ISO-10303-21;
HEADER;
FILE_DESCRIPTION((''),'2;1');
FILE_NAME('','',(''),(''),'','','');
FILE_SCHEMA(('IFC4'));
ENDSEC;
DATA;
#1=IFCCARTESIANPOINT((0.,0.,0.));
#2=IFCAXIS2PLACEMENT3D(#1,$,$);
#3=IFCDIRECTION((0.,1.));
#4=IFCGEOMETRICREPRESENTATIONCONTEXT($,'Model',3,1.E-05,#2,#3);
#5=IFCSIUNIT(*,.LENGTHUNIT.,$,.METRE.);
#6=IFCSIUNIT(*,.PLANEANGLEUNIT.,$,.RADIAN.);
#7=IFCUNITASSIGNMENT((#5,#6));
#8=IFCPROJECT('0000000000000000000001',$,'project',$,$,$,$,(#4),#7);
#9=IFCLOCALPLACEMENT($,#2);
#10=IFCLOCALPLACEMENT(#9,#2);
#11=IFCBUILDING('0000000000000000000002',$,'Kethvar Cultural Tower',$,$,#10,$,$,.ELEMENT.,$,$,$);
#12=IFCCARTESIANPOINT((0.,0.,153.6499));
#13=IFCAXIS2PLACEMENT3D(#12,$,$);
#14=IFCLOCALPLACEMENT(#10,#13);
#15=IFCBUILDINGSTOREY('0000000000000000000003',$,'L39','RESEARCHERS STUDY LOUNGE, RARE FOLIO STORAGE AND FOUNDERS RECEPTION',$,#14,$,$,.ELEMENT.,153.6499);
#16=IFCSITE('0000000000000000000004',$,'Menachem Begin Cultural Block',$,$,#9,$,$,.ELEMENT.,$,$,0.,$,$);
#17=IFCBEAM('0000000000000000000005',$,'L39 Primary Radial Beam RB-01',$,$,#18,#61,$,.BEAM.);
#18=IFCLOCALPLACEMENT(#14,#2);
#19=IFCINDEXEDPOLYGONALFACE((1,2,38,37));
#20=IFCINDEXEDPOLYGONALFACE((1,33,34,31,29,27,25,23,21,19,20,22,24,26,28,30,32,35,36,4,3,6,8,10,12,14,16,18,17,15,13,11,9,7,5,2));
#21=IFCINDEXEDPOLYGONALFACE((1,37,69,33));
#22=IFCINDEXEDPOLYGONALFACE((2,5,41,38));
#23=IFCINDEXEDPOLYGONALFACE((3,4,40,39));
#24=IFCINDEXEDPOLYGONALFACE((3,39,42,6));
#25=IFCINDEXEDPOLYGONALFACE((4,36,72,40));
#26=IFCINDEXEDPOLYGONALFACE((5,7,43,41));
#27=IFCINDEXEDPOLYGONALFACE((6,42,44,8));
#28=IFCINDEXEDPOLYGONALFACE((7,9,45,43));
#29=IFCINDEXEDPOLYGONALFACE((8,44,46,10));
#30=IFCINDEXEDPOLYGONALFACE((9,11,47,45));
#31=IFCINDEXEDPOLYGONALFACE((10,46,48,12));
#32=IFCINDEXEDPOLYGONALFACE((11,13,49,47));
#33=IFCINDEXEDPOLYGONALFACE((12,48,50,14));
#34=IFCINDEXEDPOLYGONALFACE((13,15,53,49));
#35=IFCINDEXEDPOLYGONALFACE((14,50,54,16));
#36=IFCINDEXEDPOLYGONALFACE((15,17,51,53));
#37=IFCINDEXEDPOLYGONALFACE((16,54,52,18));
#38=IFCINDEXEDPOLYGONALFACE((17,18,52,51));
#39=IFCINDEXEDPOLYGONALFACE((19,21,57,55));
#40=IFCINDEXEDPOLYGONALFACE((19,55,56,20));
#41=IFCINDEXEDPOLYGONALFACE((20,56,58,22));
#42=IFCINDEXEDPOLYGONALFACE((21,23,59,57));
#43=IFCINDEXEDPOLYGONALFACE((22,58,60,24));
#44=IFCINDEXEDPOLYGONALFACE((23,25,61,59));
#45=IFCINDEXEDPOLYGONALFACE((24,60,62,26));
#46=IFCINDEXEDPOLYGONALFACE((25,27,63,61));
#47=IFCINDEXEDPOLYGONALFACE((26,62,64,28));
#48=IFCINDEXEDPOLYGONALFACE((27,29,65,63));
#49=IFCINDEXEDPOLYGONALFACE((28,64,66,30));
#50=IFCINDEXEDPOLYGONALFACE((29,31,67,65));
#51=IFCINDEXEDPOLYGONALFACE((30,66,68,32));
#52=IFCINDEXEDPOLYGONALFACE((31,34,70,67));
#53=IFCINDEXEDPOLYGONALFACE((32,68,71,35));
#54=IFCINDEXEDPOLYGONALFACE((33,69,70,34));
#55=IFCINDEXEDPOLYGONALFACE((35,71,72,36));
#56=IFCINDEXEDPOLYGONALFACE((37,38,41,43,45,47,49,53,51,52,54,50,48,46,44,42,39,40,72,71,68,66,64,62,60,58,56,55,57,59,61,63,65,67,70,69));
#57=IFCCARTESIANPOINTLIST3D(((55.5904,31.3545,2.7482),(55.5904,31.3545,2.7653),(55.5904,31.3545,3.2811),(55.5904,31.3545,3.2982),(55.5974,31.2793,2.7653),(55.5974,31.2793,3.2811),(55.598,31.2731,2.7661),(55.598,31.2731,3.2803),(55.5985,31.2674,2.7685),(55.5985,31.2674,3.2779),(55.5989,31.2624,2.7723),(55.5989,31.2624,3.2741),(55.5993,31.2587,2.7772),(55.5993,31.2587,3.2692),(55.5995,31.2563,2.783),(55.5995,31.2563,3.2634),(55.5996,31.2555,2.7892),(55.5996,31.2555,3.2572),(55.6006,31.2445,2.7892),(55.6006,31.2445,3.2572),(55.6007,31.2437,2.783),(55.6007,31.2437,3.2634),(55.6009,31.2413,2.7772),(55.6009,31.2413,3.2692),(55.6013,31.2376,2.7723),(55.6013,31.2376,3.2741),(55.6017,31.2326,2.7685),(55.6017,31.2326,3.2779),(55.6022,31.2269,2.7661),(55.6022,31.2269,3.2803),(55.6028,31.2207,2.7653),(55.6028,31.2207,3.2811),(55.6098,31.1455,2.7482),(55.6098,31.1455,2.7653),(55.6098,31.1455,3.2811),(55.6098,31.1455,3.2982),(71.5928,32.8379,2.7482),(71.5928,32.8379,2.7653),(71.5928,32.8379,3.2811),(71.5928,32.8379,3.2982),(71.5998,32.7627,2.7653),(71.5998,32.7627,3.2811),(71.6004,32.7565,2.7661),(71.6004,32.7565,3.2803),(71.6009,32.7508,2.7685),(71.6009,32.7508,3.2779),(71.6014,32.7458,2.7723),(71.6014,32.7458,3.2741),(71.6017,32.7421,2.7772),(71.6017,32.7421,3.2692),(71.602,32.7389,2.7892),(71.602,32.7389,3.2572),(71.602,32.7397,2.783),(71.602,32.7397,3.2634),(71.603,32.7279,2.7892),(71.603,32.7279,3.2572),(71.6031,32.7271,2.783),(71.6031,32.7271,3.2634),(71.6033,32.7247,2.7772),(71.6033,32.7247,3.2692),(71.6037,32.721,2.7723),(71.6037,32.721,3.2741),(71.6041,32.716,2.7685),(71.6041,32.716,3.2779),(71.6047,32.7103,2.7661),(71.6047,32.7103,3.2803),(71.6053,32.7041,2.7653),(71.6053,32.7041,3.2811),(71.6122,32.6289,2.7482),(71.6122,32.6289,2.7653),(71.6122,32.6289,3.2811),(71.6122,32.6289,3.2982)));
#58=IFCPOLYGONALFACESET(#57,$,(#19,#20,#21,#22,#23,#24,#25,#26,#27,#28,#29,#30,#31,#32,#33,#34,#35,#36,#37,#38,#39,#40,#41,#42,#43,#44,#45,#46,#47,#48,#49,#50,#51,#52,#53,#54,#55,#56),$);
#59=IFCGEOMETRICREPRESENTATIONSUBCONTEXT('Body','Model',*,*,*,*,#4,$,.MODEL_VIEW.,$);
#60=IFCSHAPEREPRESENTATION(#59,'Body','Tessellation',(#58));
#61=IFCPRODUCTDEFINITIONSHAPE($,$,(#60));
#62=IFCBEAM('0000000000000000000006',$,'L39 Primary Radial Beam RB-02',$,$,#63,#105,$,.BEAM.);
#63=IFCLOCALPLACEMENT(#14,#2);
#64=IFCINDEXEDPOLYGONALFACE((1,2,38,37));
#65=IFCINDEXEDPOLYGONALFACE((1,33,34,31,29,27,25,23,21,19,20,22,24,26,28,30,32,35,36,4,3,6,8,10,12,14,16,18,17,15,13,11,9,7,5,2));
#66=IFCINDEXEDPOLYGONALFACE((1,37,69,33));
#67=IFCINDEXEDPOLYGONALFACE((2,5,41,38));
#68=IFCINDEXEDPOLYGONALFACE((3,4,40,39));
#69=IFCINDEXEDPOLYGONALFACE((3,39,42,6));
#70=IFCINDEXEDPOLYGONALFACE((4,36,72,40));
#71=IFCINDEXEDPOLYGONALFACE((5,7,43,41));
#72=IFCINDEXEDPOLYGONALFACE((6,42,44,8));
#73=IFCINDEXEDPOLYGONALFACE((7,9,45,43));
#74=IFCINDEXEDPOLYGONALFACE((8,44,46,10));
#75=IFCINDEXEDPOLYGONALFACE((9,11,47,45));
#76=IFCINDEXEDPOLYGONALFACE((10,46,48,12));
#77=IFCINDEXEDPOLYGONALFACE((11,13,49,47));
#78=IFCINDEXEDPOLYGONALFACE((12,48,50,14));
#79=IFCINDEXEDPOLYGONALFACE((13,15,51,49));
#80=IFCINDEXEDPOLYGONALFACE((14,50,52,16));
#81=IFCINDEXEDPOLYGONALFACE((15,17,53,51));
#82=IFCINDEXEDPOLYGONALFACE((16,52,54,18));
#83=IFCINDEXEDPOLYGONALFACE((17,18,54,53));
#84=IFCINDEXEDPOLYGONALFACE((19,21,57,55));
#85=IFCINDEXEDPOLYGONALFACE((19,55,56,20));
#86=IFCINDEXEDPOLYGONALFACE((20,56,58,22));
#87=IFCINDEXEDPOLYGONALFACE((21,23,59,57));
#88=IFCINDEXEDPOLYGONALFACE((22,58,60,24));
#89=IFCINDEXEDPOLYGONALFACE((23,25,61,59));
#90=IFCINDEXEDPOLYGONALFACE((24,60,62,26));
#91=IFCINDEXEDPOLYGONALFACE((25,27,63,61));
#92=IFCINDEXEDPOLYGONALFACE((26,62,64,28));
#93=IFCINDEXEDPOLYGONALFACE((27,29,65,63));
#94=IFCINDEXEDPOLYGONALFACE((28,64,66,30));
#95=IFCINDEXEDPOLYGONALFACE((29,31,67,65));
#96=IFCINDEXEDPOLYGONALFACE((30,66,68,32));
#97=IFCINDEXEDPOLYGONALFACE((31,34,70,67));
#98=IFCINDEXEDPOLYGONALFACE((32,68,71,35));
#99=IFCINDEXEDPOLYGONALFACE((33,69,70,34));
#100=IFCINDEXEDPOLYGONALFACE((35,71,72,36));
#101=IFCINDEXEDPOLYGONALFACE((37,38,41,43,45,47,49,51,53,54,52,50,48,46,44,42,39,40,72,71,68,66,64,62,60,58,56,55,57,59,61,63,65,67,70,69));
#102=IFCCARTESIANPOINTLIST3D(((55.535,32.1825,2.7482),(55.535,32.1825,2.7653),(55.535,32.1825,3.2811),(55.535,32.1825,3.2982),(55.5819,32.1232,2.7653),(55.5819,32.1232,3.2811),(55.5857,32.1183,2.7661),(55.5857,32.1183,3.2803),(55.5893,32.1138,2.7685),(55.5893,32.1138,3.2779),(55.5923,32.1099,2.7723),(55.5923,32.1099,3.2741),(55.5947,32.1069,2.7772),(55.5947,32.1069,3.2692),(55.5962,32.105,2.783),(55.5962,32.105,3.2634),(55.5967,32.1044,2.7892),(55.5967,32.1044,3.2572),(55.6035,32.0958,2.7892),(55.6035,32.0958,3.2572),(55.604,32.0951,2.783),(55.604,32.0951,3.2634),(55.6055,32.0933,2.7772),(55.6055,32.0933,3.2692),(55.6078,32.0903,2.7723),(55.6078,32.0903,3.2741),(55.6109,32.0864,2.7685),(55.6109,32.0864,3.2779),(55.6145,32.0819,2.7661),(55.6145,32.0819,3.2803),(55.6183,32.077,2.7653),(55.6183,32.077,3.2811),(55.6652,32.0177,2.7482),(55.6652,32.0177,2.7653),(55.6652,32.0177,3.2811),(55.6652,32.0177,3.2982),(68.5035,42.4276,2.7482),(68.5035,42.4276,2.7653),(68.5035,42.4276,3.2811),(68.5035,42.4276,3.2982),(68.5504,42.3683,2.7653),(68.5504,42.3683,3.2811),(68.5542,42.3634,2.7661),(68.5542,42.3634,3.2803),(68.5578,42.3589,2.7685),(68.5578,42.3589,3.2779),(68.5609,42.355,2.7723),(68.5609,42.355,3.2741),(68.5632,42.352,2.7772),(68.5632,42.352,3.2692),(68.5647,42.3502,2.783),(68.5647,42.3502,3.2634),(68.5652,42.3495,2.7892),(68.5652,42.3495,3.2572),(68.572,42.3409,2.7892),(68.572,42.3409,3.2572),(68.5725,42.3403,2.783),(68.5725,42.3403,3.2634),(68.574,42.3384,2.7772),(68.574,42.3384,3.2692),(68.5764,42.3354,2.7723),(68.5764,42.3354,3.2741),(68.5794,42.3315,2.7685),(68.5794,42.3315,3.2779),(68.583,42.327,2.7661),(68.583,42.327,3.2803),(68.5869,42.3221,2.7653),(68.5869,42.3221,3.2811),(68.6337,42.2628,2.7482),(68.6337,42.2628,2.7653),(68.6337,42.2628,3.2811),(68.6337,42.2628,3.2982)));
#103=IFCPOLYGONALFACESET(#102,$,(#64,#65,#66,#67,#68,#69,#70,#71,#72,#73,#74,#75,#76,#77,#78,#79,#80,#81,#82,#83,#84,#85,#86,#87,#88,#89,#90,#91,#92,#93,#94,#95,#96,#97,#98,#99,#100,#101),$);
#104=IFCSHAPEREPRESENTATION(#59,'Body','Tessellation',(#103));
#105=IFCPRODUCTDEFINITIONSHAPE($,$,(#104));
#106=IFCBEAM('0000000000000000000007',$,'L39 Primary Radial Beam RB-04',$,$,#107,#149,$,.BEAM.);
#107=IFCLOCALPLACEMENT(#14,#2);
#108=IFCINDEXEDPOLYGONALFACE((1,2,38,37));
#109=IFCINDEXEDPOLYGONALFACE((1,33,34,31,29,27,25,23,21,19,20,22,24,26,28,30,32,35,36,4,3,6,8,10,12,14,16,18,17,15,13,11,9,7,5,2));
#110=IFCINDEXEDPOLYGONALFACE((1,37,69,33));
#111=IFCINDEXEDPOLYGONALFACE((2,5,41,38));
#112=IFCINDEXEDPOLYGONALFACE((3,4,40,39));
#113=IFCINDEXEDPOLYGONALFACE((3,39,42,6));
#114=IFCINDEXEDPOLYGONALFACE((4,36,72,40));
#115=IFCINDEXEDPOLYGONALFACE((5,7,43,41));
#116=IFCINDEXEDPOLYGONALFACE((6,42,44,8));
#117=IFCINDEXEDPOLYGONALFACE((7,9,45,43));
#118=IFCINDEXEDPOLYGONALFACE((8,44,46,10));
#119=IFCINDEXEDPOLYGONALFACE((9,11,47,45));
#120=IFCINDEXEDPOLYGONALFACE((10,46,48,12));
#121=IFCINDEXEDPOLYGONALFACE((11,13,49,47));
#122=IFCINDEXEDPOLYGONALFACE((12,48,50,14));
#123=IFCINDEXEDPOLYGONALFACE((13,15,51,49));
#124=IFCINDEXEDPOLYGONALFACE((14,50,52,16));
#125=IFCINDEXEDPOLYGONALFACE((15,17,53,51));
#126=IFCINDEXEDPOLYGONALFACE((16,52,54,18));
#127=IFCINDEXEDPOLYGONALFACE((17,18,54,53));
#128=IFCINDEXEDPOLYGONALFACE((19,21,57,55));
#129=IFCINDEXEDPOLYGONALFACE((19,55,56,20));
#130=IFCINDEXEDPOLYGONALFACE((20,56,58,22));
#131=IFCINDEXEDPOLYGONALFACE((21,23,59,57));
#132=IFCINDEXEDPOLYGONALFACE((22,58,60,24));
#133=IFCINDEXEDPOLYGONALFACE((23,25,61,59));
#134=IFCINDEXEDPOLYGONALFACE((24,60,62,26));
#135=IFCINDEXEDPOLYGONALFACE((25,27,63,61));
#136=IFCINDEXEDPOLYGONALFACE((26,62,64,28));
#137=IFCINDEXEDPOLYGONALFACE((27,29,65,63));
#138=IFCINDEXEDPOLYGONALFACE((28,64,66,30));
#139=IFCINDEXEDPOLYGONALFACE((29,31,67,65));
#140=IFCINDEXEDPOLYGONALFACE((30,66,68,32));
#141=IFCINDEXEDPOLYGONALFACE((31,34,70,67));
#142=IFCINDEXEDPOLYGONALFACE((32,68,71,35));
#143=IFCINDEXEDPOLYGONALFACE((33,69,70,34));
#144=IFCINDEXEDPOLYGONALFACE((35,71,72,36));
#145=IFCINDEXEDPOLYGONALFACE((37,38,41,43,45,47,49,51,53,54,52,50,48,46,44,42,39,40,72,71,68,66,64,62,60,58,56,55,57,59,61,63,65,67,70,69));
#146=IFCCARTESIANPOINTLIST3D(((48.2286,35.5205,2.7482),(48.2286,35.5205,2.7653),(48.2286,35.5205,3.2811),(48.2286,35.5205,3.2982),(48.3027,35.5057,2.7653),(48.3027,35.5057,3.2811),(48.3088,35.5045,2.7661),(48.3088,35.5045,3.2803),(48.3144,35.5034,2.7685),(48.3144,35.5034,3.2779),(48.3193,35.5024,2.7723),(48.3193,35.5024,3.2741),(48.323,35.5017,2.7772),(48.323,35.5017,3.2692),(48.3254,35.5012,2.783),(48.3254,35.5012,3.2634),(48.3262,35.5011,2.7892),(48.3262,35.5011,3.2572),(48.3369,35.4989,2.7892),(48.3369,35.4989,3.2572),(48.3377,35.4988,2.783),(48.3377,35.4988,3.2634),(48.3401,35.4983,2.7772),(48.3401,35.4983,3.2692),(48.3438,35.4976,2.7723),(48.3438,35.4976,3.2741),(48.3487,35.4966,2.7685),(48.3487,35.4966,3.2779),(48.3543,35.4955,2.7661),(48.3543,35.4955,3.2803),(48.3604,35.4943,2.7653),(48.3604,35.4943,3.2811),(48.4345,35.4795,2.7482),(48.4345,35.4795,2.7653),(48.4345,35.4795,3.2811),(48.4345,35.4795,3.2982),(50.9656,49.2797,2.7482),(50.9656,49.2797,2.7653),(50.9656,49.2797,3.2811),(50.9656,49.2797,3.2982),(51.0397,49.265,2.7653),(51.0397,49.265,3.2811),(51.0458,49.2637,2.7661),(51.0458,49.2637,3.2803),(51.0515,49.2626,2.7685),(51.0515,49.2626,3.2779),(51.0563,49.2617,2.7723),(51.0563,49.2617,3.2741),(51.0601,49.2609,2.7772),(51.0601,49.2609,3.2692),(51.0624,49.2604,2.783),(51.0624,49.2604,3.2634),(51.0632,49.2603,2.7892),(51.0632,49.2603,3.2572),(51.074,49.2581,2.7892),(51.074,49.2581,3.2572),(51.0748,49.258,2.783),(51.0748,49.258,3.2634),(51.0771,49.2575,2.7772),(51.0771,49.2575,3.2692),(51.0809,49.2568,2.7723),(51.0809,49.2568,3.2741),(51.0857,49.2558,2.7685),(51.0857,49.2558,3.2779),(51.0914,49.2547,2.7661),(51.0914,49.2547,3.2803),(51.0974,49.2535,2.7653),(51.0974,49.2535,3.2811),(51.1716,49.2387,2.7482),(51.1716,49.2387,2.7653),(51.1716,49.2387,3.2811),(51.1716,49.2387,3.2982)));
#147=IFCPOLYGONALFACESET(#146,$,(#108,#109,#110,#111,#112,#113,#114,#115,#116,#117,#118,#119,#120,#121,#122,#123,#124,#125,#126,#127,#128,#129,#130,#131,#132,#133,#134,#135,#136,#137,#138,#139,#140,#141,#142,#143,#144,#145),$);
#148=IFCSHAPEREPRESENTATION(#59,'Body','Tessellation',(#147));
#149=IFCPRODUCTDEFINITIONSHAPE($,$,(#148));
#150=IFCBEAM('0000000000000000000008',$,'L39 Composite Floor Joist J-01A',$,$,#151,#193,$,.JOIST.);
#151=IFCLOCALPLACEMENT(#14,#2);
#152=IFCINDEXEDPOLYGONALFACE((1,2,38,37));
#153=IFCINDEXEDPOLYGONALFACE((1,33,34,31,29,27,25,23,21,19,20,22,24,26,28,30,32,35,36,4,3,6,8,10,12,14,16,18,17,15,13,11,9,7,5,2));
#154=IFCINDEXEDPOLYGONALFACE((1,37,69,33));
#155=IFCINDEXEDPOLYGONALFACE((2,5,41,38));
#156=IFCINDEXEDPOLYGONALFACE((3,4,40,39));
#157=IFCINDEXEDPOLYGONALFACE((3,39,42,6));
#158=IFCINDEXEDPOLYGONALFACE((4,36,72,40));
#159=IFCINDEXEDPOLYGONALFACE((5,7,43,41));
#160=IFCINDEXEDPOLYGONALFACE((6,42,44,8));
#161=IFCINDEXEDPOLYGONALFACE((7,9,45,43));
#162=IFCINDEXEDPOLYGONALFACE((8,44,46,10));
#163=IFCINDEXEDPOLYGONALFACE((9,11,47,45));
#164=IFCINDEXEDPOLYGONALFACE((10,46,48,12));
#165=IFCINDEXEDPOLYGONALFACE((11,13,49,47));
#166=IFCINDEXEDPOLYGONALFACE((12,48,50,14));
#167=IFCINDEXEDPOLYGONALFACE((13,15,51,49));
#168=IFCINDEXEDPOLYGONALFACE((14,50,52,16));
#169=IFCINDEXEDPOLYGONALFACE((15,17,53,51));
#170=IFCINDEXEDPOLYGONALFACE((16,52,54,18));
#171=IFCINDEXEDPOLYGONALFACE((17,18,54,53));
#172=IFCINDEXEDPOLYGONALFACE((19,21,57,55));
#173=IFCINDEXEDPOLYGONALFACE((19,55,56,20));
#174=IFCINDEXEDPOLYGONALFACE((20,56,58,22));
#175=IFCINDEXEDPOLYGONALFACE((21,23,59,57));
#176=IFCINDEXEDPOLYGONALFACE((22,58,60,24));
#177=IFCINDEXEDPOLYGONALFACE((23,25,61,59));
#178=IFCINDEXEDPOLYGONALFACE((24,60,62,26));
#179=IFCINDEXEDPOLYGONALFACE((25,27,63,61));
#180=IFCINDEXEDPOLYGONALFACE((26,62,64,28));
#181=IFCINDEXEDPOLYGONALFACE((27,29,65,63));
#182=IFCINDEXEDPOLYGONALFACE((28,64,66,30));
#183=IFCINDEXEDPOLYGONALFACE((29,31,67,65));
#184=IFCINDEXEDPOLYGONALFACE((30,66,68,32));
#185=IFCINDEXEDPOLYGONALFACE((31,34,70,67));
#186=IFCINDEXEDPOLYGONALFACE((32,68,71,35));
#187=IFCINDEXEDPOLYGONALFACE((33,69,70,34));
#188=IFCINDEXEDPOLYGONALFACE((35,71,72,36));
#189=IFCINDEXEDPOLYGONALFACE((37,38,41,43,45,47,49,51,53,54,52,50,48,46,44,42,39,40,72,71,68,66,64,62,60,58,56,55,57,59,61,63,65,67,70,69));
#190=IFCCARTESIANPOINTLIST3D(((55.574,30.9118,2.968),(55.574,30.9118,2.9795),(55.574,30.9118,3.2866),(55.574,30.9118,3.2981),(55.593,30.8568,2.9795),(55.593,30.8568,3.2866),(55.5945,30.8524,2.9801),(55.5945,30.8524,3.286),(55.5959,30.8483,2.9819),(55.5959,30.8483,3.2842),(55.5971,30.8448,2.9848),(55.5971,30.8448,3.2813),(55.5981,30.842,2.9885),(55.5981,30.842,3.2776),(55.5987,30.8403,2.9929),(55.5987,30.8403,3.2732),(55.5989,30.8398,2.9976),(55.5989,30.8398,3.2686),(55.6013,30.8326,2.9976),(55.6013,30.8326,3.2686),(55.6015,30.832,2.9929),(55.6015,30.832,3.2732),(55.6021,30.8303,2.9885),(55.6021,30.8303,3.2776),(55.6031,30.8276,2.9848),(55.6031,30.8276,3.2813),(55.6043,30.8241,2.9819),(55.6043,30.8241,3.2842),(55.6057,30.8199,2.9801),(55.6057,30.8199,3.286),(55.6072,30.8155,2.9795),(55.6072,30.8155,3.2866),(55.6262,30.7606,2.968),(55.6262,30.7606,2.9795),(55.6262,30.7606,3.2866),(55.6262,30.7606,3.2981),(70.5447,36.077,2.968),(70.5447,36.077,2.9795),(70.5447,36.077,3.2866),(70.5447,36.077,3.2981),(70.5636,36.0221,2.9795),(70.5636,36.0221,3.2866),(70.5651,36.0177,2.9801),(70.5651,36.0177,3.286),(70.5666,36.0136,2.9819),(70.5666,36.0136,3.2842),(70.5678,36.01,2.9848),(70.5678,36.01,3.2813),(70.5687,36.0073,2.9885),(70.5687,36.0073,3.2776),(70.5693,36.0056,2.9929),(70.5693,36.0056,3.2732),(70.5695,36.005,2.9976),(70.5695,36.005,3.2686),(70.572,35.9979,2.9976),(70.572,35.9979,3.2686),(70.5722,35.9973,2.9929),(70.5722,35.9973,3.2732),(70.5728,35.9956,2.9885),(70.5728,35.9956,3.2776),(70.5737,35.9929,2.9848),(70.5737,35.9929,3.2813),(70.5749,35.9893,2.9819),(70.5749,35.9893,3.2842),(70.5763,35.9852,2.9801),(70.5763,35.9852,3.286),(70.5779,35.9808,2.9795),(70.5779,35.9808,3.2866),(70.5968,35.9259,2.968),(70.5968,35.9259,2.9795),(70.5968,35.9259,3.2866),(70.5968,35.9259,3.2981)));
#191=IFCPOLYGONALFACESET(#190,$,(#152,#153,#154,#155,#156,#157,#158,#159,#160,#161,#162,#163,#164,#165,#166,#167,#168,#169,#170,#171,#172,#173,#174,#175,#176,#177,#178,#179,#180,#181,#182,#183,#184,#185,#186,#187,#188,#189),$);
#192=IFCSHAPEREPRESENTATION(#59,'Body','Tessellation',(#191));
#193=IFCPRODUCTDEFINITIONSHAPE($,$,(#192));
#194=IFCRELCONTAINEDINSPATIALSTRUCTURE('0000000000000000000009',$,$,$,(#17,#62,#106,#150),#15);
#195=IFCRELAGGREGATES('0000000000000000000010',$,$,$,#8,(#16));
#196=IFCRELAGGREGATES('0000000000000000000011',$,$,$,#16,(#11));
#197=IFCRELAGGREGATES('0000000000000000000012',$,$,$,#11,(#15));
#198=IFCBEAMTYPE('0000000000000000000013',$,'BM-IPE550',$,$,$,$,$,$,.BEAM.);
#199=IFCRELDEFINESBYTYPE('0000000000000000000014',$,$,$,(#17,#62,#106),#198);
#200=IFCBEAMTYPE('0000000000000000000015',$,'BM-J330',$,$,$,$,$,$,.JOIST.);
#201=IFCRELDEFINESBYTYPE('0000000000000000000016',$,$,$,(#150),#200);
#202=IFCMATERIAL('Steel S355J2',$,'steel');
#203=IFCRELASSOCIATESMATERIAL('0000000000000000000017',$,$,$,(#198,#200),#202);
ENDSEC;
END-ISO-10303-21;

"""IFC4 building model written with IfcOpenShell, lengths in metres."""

from ifc_helpers import new_model, si_unit, direction, frame, origin, origin_2d, place, context, subcontext, project, spatial, i_section, extrude, source, transform, mapped, material, material_profile, profile_set, type_object, element, save


model = new_model("IFC4")

# Units and contexts
model_context = context("Model", 3, precision=1e-05, world=origin(), true_north=direction((0.0, 1.0)))
body_context = subcontext(model_context, "Body", "Model", "MODEL_VIEW")
ifc_project = project(units=[si_unit("LENGTHUNIT", "METRE"), si_unit("PLANEANGLEUNIT", "RADIAN")], contexts=[model_context])

# Site, building, storey
site_placement = place(None, origin())
site = spatial("IfcSite", under=ifc_project, at=site_placement, Name="Menachem Begin Cultural Block", CompositionType="ELEMENT", RefElevation=0.0)
building_placement = place(site_placement, origin())
building = spatial("IfcBuilding", under=site, at=building_placement, Name="Kethvar Cultural Tower", CompositionType="ELEMENT")
storey_placement = place(building_placement, frame((0.0, 0.0, 153.6499)))
storey = spatial("IfcBuildingStorey", under=building, at=storey_placement, Name="L39", Description="RESEARCHERS STUDY LOUNGE, RARE FOLIO STORAGE AND FOUNDERS RECEPTION", CompositionType="ELEMENT", Elevation=153.6499)

# Beams
ifc_material_1 = material(Name="Steel S355J2", Category="steel")
ifc_material_profile_1 = material_profile(ifc_material_1, i_section(OverallWidth=0.21, OverallDepth=0.55, WebThickness=0.011, FlangeThickness=0.0171, FilletRadius=0.0239, at=origin_2d()), Name="Steel S355J2 — IPE550")
ifc_profile_set_1 = profile_set([ifc_material_profile_1], Name="Steel S355J2 — IPE550")
beam_type_1 = type_object("IfcBeamType", Name="BM-IPE550", PredefinedType="BEAM", material=ifc_profile_set_1)
shared_shape_1 = source(origin(), body_context, "Body", "SweptSolid", [
    extrude(i_section(OverallWidth=0.21, OverallDepth=0.55, WebThickness=0.011, FlangeThickness=0.0171, FilletRadius=0.0239, at=origin_2d()), origin(), (0.0, 0.0, 1.0), 16.071),
])
beam_1_placement = place(storey_placement, frame((55.6001, 31.25, 3.0232), z_axis=(0.995731, 0.092303, 0.0), x_axis=(-0.092303, 0.995731, 0.0)))
element("IfcBeam", 1, at=beam_1_placement, inside=storey, type_object=beam_type_1, Name="L39 Primary Radial Beam RB-01", PredefinedType="BEAM", context=body_context, shape_type="MappedRepresentation", body=[
    mapped(shared_shape_1, transform((0.0, 0.0, 0.0), scale=1.0)),
])
shared_shape_2 = source(origin(), body_context, "Body", "SweptSolid", [
    extrude(i_section(OverallWidth=0.21, OverallDepth=0.55, WebThickness=0.011, FlangeThickness=0.0171, FilletRadius=0.0239, at=origin_2d()), origin(), (0.0, 0.0, 1.0), 16.5271),
])
beam_2_placement = place(storey_placement, frame((55.6001, 32.1001, 3.0232), z_axis=(0.784682, 0.619899, 0.0), x_axis=(-0.619899, 0.784682, 0.0)))
element("IfcBeam", 2, at=beam_2_placement, inside=storey, type_object=beam_type_1, Name="L39 Primary Radial Beam RB-02", PredefinedType="BEAM", context=body_context, shape_type="MappedRepresentation", body=[
    mapped(shared_shape_2, transform((0.0, 0.0, 0.0), scale=1.0)),
])
shared_shape_3 = source(origin(), body_context, "Body", "SweptSolid", [
    extrude(i_section(OverallWidth=0.21, OverallDepth=0.55, WebThickness=0.011, FlangeThickness=0.0171, FilletRadius=0.0239, at=origin_2d()), origin(), (0.0, 0.0, 1.0), 14.0288),
])
beam_3_placement = place(storey_placement, frame((48.3315, 35.5, 3.0232), z_axis=(0.195102, 0.980783, 0.0), x_axis=(-0.980783, 0.195102, 0.0)))
element("IfcBeam", 3, at=beam_3_placement, inside=storey, type_object=beam_type_1, Name="L39 Primary Radial Beam RB-04", PredefinedType="BEAM", context=body_context, shape_type="MappedRepresentation", body=[
    mapped(shared_shape_3, transform((0.0, 0.0, 0.0), scale=1.0)),
])
ifc_material_profile_2 = material_profile(ifc_material_1, i_section(OverallWidth=0.1599, OverallDepth=0.3301, WebThickness=0.0076, FlangeThickness=0.0115, FilletRadius=0.0181, at=origin_2d()), Name="Steel S355J2 — IPE330")
ifc_profile_set_2 = profile_set([ifc_material_profile_2], Name="Steel S355J2 — IPE330")
beam_type_2 = type_object("IfcBeamType", Name="BM-J330", PredefinedType="JOIST", material=ifc_profile_set_2)
shared_shape_4 = source(origin(), body_context, "Body", "SweptSolid", [
    extrude(i_section(OverallWidth=0.1599, OverallDepth=0.3301, WebThickness=0.0076, FlangeThickness=0.0115, FilletRadius=0.0181, at=origin_2d()), origin(), (0.0, 0.0, 1.0), 15.8367),
])
beam_4_placement = place(storey_placement, frame((55.6001, 30.8362, 3.1331), z_axis=(0.945315, 0.326158, 0.0), x_axis=(-0.326158, 0.945315, 0.0)))
element("IfcBeam", 4, at=beam_4_placement, inside=storey, type_object=beam_type_2, Name="L39 Composite Floor Joist J-01A", PredefinedType="JOIST", context=body_context, shape_type="MappedRepresentation", body=[
    mapped(shared_shape_4, transform((0.0, 0.0, 0.0), scale=1.0)),
])

save(model, "model.ifc")
